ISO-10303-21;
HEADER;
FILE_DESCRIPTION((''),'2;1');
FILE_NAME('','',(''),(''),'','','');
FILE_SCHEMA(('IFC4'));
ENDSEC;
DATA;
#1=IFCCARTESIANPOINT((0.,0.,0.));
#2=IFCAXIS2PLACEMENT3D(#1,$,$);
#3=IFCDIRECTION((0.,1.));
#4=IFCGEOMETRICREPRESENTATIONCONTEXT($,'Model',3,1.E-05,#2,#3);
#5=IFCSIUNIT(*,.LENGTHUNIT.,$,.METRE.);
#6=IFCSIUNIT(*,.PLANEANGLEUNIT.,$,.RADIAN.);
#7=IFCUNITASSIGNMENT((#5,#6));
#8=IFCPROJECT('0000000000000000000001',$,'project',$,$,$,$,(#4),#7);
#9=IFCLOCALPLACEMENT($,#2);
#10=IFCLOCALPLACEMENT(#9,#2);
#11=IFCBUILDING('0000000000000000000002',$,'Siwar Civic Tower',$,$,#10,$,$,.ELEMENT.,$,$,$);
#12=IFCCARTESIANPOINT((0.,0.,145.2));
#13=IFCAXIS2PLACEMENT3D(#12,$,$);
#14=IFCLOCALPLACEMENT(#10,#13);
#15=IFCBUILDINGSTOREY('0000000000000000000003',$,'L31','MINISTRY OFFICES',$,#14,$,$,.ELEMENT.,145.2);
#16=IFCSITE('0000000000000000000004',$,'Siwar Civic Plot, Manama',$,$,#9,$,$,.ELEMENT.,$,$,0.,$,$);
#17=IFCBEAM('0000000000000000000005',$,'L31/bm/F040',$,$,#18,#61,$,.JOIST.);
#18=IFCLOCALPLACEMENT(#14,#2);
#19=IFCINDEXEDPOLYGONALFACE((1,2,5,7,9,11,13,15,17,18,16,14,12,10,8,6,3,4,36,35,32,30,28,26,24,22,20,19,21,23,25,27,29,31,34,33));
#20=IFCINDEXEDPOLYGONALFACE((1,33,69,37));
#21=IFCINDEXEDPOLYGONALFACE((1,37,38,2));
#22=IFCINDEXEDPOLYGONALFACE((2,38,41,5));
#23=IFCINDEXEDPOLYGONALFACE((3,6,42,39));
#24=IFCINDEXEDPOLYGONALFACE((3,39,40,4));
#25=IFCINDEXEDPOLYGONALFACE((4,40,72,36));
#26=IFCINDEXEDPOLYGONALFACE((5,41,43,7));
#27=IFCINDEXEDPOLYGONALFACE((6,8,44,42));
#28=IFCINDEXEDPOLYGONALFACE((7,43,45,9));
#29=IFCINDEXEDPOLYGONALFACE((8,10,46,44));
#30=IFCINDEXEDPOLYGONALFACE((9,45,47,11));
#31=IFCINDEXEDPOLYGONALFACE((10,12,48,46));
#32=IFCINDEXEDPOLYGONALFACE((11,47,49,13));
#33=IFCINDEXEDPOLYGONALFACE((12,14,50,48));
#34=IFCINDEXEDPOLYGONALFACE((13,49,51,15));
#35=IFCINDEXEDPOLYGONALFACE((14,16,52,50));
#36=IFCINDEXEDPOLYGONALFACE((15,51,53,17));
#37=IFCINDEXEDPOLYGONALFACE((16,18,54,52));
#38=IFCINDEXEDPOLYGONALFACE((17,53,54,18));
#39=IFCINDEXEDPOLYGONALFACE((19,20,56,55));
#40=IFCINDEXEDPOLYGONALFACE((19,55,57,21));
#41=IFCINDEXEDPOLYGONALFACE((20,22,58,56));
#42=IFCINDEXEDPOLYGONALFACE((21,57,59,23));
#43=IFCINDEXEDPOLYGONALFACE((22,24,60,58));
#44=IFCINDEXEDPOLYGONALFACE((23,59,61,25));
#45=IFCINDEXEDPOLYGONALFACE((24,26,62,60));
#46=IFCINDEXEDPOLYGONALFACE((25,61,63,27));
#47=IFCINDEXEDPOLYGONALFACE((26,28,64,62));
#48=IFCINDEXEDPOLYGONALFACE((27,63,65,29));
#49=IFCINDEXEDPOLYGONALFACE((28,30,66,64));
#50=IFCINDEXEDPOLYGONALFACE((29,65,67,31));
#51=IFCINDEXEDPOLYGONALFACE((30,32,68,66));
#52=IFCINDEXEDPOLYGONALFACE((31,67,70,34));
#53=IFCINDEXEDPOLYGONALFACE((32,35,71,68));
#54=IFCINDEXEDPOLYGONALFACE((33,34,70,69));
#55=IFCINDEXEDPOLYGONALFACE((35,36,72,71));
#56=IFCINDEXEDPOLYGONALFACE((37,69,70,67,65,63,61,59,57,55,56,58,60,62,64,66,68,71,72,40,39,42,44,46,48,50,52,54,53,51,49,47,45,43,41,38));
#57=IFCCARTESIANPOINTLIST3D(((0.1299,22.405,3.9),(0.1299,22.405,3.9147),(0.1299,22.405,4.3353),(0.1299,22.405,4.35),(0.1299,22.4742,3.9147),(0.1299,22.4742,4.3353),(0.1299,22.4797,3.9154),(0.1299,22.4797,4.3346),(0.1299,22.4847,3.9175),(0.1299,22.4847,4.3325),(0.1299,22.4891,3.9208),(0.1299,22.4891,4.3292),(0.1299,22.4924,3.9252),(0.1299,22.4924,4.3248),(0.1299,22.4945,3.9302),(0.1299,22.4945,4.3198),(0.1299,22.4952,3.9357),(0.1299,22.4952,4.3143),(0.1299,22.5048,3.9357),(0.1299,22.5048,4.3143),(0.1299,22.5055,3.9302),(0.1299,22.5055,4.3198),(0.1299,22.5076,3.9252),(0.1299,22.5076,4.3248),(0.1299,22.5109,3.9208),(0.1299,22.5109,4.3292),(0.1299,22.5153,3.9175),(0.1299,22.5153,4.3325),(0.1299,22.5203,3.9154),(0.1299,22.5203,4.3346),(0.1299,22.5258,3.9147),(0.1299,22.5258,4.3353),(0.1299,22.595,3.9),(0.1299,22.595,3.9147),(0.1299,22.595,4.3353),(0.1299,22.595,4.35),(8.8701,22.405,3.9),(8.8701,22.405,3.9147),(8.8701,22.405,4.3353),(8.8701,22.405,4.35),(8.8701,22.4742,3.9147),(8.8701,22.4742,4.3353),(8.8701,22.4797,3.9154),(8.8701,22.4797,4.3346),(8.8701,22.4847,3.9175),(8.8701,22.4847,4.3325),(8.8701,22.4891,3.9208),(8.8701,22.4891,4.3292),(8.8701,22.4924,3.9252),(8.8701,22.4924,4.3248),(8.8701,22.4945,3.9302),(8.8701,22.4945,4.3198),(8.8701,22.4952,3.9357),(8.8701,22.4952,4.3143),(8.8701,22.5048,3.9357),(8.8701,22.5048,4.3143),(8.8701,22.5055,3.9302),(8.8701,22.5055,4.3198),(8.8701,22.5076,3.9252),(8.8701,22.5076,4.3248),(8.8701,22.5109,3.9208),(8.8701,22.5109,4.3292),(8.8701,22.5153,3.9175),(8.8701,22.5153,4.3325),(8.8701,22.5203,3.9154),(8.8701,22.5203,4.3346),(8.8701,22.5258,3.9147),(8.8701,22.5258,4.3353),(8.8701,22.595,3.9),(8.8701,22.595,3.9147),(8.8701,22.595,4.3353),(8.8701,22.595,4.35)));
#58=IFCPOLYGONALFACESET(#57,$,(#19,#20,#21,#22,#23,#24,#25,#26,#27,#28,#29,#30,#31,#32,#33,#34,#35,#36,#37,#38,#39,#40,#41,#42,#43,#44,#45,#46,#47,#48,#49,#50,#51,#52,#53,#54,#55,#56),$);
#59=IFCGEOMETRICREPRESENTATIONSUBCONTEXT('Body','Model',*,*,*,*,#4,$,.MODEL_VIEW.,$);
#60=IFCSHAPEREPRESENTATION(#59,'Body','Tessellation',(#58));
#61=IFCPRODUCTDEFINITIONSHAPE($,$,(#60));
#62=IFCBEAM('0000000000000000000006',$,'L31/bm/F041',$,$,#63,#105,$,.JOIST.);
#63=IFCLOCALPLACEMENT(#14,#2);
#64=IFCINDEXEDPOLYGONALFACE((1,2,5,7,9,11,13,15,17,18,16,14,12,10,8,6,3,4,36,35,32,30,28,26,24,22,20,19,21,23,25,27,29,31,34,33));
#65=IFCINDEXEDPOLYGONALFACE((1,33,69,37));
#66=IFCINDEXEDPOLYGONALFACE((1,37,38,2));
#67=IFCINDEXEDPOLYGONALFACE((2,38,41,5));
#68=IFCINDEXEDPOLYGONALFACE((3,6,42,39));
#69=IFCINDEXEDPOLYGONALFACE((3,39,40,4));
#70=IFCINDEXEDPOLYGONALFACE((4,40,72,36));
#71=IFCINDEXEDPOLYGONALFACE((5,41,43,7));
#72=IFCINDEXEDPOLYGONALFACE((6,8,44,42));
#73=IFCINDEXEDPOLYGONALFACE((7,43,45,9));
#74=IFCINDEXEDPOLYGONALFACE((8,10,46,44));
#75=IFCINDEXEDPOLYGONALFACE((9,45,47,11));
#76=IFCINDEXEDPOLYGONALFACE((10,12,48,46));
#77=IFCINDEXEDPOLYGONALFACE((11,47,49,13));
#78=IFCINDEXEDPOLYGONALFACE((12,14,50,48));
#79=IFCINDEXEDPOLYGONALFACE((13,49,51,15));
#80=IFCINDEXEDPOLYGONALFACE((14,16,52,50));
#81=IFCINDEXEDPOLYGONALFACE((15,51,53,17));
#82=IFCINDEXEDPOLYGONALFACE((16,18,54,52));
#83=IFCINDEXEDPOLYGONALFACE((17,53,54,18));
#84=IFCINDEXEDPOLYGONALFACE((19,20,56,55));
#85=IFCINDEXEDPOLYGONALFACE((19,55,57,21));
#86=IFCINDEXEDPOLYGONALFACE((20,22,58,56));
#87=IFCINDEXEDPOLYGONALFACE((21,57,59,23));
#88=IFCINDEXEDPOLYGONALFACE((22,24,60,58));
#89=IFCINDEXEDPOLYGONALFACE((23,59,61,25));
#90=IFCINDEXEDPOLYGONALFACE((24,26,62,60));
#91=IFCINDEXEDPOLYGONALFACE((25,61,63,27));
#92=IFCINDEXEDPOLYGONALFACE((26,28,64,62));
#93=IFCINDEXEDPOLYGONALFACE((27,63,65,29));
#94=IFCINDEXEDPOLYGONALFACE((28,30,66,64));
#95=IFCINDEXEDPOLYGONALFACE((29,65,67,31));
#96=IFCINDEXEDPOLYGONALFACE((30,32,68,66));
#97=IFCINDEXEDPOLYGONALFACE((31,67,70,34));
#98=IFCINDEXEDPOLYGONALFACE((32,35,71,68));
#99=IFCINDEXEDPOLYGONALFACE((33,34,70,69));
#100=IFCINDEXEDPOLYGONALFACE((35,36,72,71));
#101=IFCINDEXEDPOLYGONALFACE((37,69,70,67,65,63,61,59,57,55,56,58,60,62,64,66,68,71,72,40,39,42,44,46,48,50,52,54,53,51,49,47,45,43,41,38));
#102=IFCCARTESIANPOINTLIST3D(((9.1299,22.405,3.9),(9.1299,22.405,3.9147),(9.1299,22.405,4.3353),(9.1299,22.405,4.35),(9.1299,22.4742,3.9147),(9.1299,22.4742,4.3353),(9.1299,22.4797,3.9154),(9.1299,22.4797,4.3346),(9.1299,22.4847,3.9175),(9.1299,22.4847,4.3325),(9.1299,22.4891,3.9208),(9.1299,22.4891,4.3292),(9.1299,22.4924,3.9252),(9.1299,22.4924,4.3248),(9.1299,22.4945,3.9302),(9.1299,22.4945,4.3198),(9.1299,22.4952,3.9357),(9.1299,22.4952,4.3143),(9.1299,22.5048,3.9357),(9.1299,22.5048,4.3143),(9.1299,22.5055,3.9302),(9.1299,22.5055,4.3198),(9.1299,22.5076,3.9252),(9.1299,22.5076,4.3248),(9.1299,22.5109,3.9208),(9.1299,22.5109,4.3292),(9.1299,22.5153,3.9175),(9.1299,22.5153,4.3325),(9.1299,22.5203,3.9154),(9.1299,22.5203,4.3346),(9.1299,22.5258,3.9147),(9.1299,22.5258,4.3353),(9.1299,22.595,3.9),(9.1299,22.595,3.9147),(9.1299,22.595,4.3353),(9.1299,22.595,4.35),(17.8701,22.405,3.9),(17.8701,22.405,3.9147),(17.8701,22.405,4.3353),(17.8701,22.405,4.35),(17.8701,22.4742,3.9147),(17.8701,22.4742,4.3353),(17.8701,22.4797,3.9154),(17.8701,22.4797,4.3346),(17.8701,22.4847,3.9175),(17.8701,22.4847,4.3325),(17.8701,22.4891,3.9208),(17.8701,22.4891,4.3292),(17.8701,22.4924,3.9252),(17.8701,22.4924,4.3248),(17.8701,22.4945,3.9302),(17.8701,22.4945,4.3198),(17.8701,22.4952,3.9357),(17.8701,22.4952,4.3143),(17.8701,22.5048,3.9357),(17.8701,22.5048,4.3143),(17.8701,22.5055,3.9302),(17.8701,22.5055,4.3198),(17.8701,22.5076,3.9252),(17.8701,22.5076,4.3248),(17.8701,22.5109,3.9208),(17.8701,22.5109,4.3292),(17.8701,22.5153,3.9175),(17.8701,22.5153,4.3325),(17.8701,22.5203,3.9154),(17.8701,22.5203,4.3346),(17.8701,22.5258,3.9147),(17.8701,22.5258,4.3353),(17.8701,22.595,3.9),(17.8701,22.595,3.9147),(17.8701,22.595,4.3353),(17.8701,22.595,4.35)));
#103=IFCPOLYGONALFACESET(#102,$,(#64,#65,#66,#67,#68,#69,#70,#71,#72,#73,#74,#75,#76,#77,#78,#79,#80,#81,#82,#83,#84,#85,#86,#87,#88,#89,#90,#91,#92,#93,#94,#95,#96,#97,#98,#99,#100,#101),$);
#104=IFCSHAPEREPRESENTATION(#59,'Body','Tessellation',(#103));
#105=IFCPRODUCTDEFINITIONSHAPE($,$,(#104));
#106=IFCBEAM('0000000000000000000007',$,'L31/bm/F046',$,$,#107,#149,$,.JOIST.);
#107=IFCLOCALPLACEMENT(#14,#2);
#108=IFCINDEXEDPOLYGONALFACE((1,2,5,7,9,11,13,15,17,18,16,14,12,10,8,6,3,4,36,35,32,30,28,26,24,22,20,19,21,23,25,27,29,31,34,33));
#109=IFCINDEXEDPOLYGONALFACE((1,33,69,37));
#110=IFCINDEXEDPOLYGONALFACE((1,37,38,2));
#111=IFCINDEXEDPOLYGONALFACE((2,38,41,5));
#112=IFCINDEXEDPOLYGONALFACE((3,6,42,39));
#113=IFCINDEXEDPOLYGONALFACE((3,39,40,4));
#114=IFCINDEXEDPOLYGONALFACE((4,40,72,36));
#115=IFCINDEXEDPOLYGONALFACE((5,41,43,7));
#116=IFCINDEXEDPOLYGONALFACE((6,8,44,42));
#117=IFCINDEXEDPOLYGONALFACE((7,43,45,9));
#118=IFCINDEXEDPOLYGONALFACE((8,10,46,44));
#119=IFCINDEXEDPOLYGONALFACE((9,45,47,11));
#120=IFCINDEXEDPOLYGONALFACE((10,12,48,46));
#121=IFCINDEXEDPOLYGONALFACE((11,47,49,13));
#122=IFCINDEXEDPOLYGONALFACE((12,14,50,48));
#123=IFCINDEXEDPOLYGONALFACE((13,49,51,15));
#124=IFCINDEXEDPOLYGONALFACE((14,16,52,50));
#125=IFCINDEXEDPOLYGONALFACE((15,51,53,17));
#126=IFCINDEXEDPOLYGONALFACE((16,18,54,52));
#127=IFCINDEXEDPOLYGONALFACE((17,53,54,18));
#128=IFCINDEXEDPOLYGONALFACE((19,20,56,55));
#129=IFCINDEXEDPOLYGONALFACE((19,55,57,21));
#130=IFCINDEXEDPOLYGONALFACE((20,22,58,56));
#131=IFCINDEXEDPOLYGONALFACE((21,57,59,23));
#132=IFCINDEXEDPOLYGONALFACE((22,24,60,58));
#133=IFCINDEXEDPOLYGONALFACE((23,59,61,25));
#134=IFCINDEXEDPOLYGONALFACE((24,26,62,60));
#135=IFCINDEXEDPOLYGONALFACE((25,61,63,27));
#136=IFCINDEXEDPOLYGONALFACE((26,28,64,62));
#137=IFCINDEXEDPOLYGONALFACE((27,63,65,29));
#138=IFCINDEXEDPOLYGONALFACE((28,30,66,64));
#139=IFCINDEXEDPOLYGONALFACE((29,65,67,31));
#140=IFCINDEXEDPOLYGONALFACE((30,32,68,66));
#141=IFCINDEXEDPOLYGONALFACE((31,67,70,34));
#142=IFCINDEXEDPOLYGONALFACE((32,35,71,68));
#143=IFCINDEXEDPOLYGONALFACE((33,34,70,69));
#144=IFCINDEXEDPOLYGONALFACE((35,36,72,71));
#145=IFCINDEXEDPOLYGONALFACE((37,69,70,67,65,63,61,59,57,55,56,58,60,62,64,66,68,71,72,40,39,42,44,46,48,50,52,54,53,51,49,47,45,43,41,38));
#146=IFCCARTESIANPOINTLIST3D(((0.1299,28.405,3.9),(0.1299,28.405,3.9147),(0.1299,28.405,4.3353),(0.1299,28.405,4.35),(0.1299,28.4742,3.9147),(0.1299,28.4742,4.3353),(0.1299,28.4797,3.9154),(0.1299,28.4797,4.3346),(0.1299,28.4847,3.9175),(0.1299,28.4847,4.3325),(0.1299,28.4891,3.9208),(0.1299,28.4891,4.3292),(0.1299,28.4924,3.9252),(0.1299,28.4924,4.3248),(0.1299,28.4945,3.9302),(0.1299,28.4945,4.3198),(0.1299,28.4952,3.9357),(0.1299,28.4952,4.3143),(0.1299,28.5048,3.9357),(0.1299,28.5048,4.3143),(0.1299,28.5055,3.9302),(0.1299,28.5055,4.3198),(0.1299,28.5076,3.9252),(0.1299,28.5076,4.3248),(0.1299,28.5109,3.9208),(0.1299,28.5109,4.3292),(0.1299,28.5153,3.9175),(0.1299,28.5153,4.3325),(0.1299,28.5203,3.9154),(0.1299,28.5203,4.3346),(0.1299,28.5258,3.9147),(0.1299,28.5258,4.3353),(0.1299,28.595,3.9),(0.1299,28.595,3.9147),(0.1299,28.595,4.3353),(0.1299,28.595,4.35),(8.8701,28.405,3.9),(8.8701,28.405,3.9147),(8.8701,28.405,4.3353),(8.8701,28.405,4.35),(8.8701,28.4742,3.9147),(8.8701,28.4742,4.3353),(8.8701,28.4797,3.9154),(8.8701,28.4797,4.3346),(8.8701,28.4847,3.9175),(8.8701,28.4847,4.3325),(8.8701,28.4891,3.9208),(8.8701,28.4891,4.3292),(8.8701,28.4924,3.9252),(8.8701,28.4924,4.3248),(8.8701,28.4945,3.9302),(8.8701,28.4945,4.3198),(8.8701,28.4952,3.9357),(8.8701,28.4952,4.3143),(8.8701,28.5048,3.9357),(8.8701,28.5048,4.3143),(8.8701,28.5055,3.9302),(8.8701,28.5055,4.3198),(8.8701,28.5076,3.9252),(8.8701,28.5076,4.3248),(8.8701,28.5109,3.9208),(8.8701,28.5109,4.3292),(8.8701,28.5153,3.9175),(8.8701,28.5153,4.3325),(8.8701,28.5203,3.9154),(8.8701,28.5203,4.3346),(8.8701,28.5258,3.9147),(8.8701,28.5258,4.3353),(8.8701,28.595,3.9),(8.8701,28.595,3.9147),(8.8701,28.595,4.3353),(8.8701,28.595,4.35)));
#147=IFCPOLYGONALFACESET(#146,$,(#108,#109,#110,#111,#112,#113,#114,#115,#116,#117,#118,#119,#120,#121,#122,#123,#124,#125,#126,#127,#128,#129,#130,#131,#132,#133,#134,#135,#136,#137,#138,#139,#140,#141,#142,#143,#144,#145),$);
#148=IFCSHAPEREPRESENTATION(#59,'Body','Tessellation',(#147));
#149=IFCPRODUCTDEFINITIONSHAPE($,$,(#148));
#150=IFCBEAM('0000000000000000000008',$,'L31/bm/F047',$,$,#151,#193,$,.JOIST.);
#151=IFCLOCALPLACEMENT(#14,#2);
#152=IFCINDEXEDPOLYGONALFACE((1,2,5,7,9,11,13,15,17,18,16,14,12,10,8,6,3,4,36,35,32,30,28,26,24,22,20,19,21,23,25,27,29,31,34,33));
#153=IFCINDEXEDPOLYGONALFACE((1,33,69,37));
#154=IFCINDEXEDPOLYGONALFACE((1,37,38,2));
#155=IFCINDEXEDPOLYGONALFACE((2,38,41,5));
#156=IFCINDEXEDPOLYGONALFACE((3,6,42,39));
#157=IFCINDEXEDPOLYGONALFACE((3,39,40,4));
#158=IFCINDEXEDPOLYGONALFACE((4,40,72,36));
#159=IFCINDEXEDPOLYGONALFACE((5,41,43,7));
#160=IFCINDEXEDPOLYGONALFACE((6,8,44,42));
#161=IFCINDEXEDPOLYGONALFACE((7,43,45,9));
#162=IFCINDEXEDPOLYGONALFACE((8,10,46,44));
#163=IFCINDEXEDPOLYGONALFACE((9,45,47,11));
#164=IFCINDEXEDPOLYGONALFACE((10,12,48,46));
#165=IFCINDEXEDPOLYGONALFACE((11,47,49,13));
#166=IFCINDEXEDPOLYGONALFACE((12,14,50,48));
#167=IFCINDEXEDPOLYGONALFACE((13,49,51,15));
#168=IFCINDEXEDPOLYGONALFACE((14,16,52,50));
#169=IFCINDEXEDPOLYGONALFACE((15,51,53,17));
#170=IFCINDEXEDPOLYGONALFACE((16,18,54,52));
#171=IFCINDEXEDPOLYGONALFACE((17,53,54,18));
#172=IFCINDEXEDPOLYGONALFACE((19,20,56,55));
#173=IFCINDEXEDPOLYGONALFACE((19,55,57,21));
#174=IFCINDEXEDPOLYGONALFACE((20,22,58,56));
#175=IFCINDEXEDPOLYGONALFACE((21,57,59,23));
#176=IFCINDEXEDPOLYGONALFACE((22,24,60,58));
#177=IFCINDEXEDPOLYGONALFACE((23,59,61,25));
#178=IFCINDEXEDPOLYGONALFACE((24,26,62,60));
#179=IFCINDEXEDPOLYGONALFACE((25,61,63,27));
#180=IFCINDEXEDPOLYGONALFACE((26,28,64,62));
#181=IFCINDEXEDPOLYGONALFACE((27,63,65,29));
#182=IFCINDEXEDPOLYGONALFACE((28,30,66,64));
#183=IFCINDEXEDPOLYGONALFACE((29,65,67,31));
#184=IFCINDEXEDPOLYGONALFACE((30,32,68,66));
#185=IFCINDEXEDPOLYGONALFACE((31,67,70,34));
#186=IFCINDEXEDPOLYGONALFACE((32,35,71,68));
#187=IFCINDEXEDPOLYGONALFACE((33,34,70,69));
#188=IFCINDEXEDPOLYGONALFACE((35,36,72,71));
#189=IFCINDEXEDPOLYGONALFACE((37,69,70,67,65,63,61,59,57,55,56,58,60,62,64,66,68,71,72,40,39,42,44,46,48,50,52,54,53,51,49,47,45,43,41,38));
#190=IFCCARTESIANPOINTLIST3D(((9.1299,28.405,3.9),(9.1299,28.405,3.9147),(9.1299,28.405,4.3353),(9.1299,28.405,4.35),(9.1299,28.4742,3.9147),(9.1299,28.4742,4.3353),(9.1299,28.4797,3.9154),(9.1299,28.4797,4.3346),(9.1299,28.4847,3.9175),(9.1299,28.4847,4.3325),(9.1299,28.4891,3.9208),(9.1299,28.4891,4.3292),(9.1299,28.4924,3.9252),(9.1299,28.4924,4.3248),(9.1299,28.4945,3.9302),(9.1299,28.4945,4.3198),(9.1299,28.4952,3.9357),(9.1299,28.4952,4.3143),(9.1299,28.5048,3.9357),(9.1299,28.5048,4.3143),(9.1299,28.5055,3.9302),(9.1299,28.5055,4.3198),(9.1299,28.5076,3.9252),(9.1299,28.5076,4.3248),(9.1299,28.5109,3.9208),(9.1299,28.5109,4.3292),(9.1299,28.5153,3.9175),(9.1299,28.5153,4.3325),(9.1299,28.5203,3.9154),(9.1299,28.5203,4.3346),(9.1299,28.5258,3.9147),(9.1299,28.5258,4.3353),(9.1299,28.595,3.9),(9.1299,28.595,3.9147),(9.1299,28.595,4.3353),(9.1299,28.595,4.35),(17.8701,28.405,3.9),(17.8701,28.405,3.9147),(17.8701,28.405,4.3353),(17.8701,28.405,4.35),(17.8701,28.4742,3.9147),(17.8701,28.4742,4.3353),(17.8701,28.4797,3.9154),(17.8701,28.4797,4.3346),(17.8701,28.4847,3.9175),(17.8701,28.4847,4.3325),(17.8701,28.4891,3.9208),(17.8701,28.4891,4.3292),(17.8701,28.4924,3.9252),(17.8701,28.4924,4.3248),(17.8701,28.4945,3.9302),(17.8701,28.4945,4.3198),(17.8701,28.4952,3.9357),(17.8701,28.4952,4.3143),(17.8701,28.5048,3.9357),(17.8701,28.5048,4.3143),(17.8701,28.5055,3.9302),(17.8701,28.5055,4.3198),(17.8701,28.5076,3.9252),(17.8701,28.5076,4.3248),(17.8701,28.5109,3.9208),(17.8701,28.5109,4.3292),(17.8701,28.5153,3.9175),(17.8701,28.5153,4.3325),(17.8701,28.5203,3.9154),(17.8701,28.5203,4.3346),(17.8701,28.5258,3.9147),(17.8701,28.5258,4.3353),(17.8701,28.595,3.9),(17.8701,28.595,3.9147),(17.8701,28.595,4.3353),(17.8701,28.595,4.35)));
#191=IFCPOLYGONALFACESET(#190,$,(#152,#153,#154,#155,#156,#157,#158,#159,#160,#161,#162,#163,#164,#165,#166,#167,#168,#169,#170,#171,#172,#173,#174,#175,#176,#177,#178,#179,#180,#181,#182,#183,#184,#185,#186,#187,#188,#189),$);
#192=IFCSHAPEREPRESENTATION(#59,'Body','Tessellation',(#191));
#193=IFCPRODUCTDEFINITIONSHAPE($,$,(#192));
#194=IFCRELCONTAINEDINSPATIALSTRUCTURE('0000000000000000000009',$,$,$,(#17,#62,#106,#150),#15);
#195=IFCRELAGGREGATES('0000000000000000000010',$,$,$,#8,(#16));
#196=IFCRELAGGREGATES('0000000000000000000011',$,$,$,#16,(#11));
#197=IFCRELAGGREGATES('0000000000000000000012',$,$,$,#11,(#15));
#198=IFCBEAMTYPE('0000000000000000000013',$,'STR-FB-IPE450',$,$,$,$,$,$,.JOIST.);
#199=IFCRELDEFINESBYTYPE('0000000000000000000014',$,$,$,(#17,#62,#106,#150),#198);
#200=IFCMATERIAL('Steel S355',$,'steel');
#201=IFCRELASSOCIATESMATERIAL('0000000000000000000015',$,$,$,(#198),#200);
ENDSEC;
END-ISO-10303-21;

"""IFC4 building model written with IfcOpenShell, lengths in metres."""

from ifc_helpers import new_model, si_unit, direction, frame, origin, origin_2d, place, context, subcontext, project, spatial, i_section, extrude, material, material_profile, profile_set, type_object, element, save


model = new_model("IFC4")

# Units and contexts
model_context = context("Model", 3, precision=1e-05, world=origin(), true_north=direction((0.0, 1.0)))
body_context = subcontext(model_context, "Body", "Model", "MODEL_VIEW")
ifc_project = project(units=[si_unit("LENGTHUNIT", "METRE"), si_unit("PLANEANGLEUNIT", "RADIAN")], contexts=[model_context])

# Site, building, storey
site_placement = place(None, origin())
site = spatial("IfcSite", under=ifc_project, at=site_placement, Name="Siwar Civic Plot, Manama", CompositionType="ELEMENT", RefElevation=0.0)
building_placement = place(site_placement, origin())
building = spatial("IfcBuilding", under=site, at=building_placement, Name="Siwar Civic Tower", CompositionType="ELEMENT")
storey_placement = place(building_placement, frame((0.0, 0.0, 145.2)))
storey = spatial("IfcBuildingStorey", under=building, at=storey_placement, Name="L31", Description="MINISTRY OFFICES", CompositionType="ELEMENT", Elevation=145.2)

# Beams
ifc_material_1 = material(Name="Steel S355", Category="steel")
ifc_material_profile_1 = material_profile(ifc_material_1, i_section(OverallWidth=0.1899, OverallDepth=0.45, WebThickness=0.0095, FlangeThickness=0.0146, FilletRadius=0.021, at=origin_2d()), Name="IPE450")
ifc_profile_set_1 = profile_set([ifc_material_profile_1], Name="Steel S355")
beam_type_1 = type_object("IfcBeamType", Name="STR-FB-IPE450", PredefinedType="JOIST", material=ifc_profile_set_1)
for number, where, z_axis, x_axis, name in (
    (1, (0.1299, 22.5, 4.125), (1.0, 0.0, 0.0), (0.0, 1.0, 0.0), "L31/bm/F040"),
    (2, (9.1299, 22.5, 4.125), (1.0, 0.0, 0.0), (0.0, 1.0, 0.0), "L31/bm/F041"),
    (3, (0.1299, 28.5, 4.125), (1.0, 0.0, 0.0), (0.0, 1.0, 0.0), "L31/bm/F046"),
    (4, (9.1299, 28.5, 4.125), (1.0, 0.0, 0.0), (0.0, 1.0, 0.0), "L31/bm/F047"),
):
    element("IfcBeam", number, at=place(storey_placement, frame(where, z_axis=z_axis, x_axis=x_axis)), inside=storey, type_object=beam_type_1, Name=name, PredefinedType="JOIST", context=body_context, shape_type="SweptSolid", body=[
        extrude(i_section(OverallWidth=0.1899, OverallDepth=0.45, WebThickness=0.0095, FlangeThickness=0.0146, FilletRadius=0.021, at=origin_2d()), origin(), (0.0, 0.0, 1.0), 8.7402),
    ])

save(model, "model.ifc")
